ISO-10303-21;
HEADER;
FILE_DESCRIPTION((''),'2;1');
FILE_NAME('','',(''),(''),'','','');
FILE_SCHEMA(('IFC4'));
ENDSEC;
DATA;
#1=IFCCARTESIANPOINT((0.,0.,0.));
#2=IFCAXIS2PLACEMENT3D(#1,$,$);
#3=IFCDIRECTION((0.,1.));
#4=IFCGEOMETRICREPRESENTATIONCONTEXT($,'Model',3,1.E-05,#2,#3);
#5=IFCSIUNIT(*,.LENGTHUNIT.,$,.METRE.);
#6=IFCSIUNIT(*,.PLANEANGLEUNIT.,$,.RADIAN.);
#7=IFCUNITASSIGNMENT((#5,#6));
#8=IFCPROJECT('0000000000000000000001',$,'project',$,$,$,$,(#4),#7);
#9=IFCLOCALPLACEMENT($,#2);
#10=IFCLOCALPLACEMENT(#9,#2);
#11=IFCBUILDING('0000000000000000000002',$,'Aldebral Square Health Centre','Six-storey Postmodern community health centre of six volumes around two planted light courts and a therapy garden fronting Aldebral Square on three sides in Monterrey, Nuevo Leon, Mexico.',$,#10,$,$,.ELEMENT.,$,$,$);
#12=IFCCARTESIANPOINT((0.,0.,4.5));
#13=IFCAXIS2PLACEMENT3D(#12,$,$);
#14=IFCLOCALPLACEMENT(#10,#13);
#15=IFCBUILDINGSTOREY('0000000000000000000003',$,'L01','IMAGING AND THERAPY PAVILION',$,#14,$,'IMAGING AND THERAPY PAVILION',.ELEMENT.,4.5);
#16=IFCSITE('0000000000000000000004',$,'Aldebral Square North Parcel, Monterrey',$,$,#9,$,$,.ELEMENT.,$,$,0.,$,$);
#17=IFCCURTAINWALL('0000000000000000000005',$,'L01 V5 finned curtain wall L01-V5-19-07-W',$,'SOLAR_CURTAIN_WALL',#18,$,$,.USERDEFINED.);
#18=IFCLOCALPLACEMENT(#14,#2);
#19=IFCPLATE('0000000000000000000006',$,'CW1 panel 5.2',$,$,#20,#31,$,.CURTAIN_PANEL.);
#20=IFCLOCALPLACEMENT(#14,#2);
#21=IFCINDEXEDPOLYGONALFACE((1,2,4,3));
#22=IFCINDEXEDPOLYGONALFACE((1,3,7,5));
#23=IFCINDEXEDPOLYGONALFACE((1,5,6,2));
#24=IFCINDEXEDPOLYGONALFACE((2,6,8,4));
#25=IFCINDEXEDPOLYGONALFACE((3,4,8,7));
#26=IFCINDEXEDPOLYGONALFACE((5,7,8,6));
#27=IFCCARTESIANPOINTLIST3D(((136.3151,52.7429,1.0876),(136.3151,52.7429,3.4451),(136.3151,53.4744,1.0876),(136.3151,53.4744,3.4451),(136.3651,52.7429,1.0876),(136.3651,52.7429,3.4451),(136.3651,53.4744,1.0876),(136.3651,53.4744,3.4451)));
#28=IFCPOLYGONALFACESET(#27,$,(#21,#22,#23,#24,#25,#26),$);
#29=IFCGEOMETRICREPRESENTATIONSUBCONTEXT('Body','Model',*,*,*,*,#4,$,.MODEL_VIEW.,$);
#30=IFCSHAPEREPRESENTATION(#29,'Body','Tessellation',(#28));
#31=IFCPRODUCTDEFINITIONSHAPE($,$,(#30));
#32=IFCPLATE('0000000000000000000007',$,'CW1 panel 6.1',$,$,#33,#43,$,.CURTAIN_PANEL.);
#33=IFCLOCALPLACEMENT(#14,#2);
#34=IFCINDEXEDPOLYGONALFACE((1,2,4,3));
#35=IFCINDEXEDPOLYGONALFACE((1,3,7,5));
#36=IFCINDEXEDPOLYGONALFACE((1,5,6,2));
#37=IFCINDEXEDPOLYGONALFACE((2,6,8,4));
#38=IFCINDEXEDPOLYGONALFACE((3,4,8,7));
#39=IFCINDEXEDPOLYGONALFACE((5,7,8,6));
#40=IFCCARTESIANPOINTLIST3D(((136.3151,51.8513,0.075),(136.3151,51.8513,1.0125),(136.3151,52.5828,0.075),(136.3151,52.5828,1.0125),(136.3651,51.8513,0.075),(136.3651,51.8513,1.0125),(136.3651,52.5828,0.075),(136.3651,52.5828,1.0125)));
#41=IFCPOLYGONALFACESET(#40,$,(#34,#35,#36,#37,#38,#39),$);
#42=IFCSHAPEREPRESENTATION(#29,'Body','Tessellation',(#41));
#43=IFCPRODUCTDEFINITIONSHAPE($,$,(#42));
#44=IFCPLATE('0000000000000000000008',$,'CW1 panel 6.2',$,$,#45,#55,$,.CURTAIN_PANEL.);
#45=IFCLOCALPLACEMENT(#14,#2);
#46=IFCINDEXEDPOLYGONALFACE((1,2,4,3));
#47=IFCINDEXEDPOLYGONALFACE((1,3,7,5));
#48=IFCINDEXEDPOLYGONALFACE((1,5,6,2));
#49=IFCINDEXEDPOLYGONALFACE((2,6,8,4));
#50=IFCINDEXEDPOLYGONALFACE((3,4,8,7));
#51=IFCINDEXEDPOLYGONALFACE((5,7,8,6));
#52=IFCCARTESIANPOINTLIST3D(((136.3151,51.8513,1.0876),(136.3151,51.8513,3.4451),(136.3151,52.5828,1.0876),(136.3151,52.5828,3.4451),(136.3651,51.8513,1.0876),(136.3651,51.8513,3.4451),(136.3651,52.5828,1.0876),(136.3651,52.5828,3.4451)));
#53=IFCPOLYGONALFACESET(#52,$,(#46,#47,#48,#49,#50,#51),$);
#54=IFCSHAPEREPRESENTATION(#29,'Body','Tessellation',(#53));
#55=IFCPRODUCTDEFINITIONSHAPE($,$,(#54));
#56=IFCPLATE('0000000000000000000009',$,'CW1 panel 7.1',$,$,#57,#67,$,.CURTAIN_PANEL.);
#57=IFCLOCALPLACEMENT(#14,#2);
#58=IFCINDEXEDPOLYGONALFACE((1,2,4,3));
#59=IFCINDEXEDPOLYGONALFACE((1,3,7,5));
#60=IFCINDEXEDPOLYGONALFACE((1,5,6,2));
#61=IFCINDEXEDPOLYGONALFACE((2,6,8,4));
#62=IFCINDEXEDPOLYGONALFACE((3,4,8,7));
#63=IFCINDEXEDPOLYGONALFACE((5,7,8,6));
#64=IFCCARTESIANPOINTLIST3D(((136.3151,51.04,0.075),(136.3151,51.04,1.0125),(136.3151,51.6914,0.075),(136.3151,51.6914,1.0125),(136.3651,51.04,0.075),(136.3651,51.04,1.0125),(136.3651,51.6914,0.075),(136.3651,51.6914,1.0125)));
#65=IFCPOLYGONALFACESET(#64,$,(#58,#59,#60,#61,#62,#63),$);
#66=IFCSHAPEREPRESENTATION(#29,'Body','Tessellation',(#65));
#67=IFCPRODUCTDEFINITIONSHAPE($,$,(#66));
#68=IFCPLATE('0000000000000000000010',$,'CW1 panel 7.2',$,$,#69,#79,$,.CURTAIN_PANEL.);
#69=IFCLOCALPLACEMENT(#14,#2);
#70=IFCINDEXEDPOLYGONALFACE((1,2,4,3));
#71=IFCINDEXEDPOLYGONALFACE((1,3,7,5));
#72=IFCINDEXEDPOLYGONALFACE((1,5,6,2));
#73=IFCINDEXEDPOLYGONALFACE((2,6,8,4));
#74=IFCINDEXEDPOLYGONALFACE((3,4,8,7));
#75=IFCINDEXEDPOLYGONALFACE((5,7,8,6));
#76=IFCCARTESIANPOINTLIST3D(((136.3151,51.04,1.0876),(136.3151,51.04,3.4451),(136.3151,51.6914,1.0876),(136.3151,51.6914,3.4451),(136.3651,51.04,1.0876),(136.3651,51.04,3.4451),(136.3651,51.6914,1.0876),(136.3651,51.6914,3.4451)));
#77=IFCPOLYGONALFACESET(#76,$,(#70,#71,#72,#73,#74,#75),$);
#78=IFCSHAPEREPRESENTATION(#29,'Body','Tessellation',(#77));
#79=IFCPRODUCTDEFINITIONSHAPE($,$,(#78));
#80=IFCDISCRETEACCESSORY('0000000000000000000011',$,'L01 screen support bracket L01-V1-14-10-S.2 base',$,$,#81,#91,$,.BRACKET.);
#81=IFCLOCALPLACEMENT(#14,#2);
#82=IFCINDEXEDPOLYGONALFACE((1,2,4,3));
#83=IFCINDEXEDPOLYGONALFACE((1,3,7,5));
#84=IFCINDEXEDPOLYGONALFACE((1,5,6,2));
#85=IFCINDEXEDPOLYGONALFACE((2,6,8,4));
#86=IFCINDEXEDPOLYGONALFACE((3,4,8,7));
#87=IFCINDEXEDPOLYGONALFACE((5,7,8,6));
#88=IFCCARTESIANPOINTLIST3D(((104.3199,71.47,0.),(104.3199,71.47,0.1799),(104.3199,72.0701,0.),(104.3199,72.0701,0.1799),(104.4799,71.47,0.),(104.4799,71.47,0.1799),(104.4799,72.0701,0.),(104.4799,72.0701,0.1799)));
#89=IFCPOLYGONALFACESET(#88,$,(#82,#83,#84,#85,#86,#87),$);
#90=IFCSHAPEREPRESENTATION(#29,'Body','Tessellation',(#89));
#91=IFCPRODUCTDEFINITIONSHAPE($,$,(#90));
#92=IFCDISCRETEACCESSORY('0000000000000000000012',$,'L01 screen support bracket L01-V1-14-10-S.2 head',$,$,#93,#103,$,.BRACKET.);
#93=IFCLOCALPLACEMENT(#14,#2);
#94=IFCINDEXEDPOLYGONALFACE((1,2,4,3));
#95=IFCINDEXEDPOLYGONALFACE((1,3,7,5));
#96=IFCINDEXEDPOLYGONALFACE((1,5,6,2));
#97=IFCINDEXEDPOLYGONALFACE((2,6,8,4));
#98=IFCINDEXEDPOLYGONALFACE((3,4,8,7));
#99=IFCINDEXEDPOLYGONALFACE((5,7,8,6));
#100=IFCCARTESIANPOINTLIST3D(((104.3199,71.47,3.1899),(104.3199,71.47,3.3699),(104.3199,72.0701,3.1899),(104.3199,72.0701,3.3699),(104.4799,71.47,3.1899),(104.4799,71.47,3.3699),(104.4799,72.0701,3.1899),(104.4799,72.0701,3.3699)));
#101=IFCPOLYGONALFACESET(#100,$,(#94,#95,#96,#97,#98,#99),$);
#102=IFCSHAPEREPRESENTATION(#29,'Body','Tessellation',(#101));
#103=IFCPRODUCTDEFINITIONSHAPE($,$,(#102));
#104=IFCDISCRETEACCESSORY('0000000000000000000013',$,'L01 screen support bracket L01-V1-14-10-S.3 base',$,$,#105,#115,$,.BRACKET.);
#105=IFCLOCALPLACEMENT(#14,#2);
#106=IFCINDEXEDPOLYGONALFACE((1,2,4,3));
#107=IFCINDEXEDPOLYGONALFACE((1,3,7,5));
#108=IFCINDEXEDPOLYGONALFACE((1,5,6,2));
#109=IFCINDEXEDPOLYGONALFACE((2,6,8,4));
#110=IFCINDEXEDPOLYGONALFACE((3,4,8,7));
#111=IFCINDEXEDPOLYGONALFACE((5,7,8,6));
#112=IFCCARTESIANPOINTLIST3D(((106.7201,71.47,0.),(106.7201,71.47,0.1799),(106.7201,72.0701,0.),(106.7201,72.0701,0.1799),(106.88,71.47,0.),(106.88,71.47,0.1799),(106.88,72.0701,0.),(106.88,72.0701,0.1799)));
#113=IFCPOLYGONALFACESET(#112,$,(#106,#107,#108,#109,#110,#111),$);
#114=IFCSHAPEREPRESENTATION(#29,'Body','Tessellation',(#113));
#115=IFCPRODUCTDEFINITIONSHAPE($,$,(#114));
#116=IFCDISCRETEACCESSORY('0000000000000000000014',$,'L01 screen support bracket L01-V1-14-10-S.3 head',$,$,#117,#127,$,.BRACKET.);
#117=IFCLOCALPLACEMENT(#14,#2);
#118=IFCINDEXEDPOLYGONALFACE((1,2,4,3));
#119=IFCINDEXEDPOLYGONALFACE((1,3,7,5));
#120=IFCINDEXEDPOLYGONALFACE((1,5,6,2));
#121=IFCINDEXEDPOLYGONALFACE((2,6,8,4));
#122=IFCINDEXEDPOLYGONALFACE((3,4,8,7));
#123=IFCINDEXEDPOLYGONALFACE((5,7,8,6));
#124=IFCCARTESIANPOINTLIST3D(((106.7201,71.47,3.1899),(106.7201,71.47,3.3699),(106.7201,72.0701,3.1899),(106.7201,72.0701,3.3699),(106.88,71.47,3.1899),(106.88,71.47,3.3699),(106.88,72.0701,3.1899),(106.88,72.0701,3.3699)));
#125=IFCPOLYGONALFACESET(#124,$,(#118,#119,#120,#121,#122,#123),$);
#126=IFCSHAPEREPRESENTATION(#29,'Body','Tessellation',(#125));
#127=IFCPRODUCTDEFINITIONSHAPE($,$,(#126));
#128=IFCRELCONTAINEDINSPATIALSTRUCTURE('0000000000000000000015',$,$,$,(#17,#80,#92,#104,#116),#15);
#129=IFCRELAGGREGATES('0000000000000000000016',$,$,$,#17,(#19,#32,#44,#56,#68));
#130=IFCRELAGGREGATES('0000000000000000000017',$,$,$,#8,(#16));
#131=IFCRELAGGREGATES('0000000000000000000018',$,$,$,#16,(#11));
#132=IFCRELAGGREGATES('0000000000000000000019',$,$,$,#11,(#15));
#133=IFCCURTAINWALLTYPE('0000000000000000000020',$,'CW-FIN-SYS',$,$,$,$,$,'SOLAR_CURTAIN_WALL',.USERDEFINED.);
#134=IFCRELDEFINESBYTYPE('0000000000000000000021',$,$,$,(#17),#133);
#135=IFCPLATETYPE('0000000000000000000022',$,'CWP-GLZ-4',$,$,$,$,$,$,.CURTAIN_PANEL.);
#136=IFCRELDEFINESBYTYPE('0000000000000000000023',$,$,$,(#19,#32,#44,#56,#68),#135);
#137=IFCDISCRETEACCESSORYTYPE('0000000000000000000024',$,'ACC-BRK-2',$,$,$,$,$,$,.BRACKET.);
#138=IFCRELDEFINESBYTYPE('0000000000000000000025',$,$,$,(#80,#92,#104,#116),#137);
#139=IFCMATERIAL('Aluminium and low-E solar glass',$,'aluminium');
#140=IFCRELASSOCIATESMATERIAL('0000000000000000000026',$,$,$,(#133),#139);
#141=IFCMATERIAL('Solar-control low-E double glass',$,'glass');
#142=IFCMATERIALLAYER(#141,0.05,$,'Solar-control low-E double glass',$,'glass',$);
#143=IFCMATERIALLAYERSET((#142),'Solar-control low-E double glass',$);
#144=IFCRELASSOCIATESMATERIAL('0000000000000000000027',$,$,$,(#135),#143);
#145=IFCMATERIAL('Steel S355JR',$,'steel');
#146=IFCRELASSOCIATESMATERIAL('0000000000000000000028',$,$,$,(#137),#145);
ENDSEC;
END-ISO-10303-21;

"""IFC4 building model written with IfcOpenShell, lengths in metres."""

from ifc_helpers import new_model, si_unit, direction, frame, origin, origin_2d, place, context, subcontext, project, spatial, rectangle, extrude, material, layer, layer_set, type_object, element, aggregate, save


model = new_model("IFC4")

# Units and contexts
model_context = context("Model", 3, precision=1e-05, world=origin(), true_north=direction((0.0, 1.0)))
body_context = subcontext(model_context, "Body", "Model", "MODEL_VIEW")
ifc_project = project(units=[si_unit("LENGTHUNIT", "METRE"), si_unit("PLANEANGLEUNIT", "RADIAN")], contexts=[model_context])

# Site, building, storey
site_placement = place(None, origin())
site = spatial("IfcSite", under=ifc_project, at=site_placement, Name="Aldebral Square North Parcel, Monterrey", CompositionType="ELEMENT", RefElevation=0.0)
building_placement = place(site_placement, origin())
building = spatial("IfcBuilding", under=site, at=building_placement, Name="Aldebral Square Health Centre", Description="Six-storey Postmodern community health centre of six volumes around two planted light courts and a therapy garden fronting Aldebral Square on three sides in Monterrey, Nuevo Leon, Mexico.", CompositionType="ELEMENT")
storey_placement = place(building_placement, frame((0.0, 0.0, 4.5)))
storey = spatial("IfcBuildingStorey", under=building, at=storey_placement, Name="L01", Description="IMAGING AND THERAPY PAVILION", LongName="IMAGING AND THERAPY PAVILION", CompositionType="ELEMENT", Elevation=4.5)

# Curtain wall
ifc_material_1 = material(Name="Aluminium and low-E solar glass", Category="aluminium")
curtain_wall_type_1 = type_object("IfcCurtainWallType", Name="CW-FIN-SYS", ElementType="SOLAR_CURTAIN_WALL", PredefinedType="USERDEFINED", material=ifc_material_1)
curtain_wall_1_placement = place(storey_placement, origin())
curtain_wall_1 = element("IfcCurtainWall", 1, at=curtain_wall_1_placement, inside=storey, type_object=curtain_wall_type_1, Name="L01 V5 finned curtain wall L01-V5-19-07-W", ObjectType="SOLAR_CURTAIN_WALL", PredefinedType="USERDEFINED")

# Plates
ifc_material_2 = material(Name="Solar-control low-E double glass", Category="glass")
ifc_layer_1 = layer(ifc_material_2, 0.05, Name="Solar-control low-E double glass", Category="glass")
ifc_layer_set_1 = layer_set([ifc_layer_1], Name="Solar-control low-E double glass")
plate_type = type_object("IfcPlateType", Name="CWP-GLZ-4", PredefinedType="CURTAIN_PANEL", material=ifc_layer_set_1)
plate_1_placement = place(storey_placement, frame((136.3401, 53.1086, 1.0876), z_axis=(0.0, 0.0, 1.0), x_axis=(0.0, -1.0, 0.0)))
plate_1 = element("IfcPlate", 2, at=plate_1_placement, type_object=plate_type, Name="CW1 panel 5.2", PredefinedType="CURTAIN_PANEL", context=body_context, shape_type="SweptSolid", body=[
    extrude(rectangle(XDim=0.7314, YDim=0.05, at=origin_2d()), origin(), (0.0, 0.0, 1.0), 2.3574),
])
plate_2_placement = place(storey_placement, frame((136.3401, 52.217, 0.075), z_axis=(0.0, 0.0, 1.0), x_axis=(0.0, -1.0, 0.0)))
plate_2 = element("IfcPlate", 3, at=plate_2_placement, type_object=plate_type, Name="CW1 panel 6.1", PredefinedType="CURTAIN_PANEL", context=body_context, shape_type="SweptSolid", body=[
    extrude(rectangle(XDim=0.7314, YDim=0.05, at=origin_2d()), origin(), (0.0, 0.0, 1.0), 0.9375),
])
plate_3_placement = place(storey_placement, frame((136.3401, 52.217, 1.0876), z_axis=(0.0, 0.0, 1.0), x_axis=(0.0, -1.0, 0.0)))
plate_3 = element("IfcPlate", 4, at=plate_3_placement, type_object=plate_type, Name="CW1 panel 6.2", PredefinedType="CURTAIN_PANEL", context=body_context, shape_type="SweptSolid", body=[
    extrude(rectangle(XDim=0.7314, YDim=0.05, at=origin_2d()), origin(), (0.0, 0.0, 1.0), 2.3574),
])
plate_4_placement = place(storey_placement, frame((136.3401, 51.3657, 0.075), z_axis=(0.0, 0.0, 1.0), x_axis=(0.0, -1.0, 0.0)))
plate_4 = element("IfcPlate", 5, at=plate_4_placement, type_object=plate_type, Name="CW1 panel 7.1", PredefinedType="CURTAIN_PANEL", context=body_context, shape_type="SweptSolid", body=[
    extrude(rectangle(XDim=0.6514, YDim=0.05, at=origin_2d()), origin(), (0.0, 0.0, 1.0), 0.9375),
])
plate_5_placement = place(storey_placement, frame((136.3401, 51.3657, 1.0876), z_axis=(0.0, 0.0, 1.0), x_axis=(0.0, -1.0, 0.0)))
plate_5 = element("IfcPlate", 6, at=plate_5_placement, type_object=plate_type, Name="CW1 panel 7.2", PredefinedType="CURTAIN_PANEL", context=body_context, shape_type="SweptSolid", body=[
    extrude(rectangle(XDim=0.6514, YDim=0.05, at=origin_2d()), origin(), (0.0, 0.0, 1.0), 2.3574),
])
aggregate(curtain_wall_1, [plate_1, plate_2, plate_3, plate_4, plate_5])

# Discrete accessories
ifc_material_3 = material(Name="Steel S355JR", Category="steel")
discrete_accessory_type = type_object("IfcDiscreteAccessoryType", Name="ACC-BRK-2", PredefinedType="BRACKET", material=ifc_material_3)
for number, where, z_axis, x_axis, name in (
    (7, (104.3999, 71.77, 0.0), (0.0, 0.0, 1.0), (1.0, 0.0, 0.0), "L01 screen support bracket L01-V1-14-10-S.2 base"),
    (8, (104.3999, 71.77, 3.1899), (0.0, 0.0, 1.0), (1.0, 0.0, 0.0), "L01 screen support bracket L01-V1-14-10-S.2 head"),
    (9, (106.8, 71.77, 0.0), (0.0, 0.0, 1.0), (1.0, 0.0, 0.0), "L01 screen support bracket L01-V1-14-10-S.3 base"),
    (10, (106.8, 71.77, 3.1899), (0.0, 0.0, 1.0), (1.0, 0.0, 0.0), "L01 screen support bracket L01-V1-14-10-S.3 head"),
):
    element("IfcDiscreteAccessory", number, at=place(storey_placement, frame(where, z_axis=z_axis, x_axis=x_axis)), inside=storey, type_object=discrete_accessory_type, Name=name, PredefinedType="BRACKET", context=body_context, shape_type="SweptSolid", body=[
        extrude(rectangle(XDim=0.1599, YDim=0.6001, at=origin_2d()), origin(), (0.0, 0.0, 1.0), 0.1799),
    ])

save(model, "model.ifc")
